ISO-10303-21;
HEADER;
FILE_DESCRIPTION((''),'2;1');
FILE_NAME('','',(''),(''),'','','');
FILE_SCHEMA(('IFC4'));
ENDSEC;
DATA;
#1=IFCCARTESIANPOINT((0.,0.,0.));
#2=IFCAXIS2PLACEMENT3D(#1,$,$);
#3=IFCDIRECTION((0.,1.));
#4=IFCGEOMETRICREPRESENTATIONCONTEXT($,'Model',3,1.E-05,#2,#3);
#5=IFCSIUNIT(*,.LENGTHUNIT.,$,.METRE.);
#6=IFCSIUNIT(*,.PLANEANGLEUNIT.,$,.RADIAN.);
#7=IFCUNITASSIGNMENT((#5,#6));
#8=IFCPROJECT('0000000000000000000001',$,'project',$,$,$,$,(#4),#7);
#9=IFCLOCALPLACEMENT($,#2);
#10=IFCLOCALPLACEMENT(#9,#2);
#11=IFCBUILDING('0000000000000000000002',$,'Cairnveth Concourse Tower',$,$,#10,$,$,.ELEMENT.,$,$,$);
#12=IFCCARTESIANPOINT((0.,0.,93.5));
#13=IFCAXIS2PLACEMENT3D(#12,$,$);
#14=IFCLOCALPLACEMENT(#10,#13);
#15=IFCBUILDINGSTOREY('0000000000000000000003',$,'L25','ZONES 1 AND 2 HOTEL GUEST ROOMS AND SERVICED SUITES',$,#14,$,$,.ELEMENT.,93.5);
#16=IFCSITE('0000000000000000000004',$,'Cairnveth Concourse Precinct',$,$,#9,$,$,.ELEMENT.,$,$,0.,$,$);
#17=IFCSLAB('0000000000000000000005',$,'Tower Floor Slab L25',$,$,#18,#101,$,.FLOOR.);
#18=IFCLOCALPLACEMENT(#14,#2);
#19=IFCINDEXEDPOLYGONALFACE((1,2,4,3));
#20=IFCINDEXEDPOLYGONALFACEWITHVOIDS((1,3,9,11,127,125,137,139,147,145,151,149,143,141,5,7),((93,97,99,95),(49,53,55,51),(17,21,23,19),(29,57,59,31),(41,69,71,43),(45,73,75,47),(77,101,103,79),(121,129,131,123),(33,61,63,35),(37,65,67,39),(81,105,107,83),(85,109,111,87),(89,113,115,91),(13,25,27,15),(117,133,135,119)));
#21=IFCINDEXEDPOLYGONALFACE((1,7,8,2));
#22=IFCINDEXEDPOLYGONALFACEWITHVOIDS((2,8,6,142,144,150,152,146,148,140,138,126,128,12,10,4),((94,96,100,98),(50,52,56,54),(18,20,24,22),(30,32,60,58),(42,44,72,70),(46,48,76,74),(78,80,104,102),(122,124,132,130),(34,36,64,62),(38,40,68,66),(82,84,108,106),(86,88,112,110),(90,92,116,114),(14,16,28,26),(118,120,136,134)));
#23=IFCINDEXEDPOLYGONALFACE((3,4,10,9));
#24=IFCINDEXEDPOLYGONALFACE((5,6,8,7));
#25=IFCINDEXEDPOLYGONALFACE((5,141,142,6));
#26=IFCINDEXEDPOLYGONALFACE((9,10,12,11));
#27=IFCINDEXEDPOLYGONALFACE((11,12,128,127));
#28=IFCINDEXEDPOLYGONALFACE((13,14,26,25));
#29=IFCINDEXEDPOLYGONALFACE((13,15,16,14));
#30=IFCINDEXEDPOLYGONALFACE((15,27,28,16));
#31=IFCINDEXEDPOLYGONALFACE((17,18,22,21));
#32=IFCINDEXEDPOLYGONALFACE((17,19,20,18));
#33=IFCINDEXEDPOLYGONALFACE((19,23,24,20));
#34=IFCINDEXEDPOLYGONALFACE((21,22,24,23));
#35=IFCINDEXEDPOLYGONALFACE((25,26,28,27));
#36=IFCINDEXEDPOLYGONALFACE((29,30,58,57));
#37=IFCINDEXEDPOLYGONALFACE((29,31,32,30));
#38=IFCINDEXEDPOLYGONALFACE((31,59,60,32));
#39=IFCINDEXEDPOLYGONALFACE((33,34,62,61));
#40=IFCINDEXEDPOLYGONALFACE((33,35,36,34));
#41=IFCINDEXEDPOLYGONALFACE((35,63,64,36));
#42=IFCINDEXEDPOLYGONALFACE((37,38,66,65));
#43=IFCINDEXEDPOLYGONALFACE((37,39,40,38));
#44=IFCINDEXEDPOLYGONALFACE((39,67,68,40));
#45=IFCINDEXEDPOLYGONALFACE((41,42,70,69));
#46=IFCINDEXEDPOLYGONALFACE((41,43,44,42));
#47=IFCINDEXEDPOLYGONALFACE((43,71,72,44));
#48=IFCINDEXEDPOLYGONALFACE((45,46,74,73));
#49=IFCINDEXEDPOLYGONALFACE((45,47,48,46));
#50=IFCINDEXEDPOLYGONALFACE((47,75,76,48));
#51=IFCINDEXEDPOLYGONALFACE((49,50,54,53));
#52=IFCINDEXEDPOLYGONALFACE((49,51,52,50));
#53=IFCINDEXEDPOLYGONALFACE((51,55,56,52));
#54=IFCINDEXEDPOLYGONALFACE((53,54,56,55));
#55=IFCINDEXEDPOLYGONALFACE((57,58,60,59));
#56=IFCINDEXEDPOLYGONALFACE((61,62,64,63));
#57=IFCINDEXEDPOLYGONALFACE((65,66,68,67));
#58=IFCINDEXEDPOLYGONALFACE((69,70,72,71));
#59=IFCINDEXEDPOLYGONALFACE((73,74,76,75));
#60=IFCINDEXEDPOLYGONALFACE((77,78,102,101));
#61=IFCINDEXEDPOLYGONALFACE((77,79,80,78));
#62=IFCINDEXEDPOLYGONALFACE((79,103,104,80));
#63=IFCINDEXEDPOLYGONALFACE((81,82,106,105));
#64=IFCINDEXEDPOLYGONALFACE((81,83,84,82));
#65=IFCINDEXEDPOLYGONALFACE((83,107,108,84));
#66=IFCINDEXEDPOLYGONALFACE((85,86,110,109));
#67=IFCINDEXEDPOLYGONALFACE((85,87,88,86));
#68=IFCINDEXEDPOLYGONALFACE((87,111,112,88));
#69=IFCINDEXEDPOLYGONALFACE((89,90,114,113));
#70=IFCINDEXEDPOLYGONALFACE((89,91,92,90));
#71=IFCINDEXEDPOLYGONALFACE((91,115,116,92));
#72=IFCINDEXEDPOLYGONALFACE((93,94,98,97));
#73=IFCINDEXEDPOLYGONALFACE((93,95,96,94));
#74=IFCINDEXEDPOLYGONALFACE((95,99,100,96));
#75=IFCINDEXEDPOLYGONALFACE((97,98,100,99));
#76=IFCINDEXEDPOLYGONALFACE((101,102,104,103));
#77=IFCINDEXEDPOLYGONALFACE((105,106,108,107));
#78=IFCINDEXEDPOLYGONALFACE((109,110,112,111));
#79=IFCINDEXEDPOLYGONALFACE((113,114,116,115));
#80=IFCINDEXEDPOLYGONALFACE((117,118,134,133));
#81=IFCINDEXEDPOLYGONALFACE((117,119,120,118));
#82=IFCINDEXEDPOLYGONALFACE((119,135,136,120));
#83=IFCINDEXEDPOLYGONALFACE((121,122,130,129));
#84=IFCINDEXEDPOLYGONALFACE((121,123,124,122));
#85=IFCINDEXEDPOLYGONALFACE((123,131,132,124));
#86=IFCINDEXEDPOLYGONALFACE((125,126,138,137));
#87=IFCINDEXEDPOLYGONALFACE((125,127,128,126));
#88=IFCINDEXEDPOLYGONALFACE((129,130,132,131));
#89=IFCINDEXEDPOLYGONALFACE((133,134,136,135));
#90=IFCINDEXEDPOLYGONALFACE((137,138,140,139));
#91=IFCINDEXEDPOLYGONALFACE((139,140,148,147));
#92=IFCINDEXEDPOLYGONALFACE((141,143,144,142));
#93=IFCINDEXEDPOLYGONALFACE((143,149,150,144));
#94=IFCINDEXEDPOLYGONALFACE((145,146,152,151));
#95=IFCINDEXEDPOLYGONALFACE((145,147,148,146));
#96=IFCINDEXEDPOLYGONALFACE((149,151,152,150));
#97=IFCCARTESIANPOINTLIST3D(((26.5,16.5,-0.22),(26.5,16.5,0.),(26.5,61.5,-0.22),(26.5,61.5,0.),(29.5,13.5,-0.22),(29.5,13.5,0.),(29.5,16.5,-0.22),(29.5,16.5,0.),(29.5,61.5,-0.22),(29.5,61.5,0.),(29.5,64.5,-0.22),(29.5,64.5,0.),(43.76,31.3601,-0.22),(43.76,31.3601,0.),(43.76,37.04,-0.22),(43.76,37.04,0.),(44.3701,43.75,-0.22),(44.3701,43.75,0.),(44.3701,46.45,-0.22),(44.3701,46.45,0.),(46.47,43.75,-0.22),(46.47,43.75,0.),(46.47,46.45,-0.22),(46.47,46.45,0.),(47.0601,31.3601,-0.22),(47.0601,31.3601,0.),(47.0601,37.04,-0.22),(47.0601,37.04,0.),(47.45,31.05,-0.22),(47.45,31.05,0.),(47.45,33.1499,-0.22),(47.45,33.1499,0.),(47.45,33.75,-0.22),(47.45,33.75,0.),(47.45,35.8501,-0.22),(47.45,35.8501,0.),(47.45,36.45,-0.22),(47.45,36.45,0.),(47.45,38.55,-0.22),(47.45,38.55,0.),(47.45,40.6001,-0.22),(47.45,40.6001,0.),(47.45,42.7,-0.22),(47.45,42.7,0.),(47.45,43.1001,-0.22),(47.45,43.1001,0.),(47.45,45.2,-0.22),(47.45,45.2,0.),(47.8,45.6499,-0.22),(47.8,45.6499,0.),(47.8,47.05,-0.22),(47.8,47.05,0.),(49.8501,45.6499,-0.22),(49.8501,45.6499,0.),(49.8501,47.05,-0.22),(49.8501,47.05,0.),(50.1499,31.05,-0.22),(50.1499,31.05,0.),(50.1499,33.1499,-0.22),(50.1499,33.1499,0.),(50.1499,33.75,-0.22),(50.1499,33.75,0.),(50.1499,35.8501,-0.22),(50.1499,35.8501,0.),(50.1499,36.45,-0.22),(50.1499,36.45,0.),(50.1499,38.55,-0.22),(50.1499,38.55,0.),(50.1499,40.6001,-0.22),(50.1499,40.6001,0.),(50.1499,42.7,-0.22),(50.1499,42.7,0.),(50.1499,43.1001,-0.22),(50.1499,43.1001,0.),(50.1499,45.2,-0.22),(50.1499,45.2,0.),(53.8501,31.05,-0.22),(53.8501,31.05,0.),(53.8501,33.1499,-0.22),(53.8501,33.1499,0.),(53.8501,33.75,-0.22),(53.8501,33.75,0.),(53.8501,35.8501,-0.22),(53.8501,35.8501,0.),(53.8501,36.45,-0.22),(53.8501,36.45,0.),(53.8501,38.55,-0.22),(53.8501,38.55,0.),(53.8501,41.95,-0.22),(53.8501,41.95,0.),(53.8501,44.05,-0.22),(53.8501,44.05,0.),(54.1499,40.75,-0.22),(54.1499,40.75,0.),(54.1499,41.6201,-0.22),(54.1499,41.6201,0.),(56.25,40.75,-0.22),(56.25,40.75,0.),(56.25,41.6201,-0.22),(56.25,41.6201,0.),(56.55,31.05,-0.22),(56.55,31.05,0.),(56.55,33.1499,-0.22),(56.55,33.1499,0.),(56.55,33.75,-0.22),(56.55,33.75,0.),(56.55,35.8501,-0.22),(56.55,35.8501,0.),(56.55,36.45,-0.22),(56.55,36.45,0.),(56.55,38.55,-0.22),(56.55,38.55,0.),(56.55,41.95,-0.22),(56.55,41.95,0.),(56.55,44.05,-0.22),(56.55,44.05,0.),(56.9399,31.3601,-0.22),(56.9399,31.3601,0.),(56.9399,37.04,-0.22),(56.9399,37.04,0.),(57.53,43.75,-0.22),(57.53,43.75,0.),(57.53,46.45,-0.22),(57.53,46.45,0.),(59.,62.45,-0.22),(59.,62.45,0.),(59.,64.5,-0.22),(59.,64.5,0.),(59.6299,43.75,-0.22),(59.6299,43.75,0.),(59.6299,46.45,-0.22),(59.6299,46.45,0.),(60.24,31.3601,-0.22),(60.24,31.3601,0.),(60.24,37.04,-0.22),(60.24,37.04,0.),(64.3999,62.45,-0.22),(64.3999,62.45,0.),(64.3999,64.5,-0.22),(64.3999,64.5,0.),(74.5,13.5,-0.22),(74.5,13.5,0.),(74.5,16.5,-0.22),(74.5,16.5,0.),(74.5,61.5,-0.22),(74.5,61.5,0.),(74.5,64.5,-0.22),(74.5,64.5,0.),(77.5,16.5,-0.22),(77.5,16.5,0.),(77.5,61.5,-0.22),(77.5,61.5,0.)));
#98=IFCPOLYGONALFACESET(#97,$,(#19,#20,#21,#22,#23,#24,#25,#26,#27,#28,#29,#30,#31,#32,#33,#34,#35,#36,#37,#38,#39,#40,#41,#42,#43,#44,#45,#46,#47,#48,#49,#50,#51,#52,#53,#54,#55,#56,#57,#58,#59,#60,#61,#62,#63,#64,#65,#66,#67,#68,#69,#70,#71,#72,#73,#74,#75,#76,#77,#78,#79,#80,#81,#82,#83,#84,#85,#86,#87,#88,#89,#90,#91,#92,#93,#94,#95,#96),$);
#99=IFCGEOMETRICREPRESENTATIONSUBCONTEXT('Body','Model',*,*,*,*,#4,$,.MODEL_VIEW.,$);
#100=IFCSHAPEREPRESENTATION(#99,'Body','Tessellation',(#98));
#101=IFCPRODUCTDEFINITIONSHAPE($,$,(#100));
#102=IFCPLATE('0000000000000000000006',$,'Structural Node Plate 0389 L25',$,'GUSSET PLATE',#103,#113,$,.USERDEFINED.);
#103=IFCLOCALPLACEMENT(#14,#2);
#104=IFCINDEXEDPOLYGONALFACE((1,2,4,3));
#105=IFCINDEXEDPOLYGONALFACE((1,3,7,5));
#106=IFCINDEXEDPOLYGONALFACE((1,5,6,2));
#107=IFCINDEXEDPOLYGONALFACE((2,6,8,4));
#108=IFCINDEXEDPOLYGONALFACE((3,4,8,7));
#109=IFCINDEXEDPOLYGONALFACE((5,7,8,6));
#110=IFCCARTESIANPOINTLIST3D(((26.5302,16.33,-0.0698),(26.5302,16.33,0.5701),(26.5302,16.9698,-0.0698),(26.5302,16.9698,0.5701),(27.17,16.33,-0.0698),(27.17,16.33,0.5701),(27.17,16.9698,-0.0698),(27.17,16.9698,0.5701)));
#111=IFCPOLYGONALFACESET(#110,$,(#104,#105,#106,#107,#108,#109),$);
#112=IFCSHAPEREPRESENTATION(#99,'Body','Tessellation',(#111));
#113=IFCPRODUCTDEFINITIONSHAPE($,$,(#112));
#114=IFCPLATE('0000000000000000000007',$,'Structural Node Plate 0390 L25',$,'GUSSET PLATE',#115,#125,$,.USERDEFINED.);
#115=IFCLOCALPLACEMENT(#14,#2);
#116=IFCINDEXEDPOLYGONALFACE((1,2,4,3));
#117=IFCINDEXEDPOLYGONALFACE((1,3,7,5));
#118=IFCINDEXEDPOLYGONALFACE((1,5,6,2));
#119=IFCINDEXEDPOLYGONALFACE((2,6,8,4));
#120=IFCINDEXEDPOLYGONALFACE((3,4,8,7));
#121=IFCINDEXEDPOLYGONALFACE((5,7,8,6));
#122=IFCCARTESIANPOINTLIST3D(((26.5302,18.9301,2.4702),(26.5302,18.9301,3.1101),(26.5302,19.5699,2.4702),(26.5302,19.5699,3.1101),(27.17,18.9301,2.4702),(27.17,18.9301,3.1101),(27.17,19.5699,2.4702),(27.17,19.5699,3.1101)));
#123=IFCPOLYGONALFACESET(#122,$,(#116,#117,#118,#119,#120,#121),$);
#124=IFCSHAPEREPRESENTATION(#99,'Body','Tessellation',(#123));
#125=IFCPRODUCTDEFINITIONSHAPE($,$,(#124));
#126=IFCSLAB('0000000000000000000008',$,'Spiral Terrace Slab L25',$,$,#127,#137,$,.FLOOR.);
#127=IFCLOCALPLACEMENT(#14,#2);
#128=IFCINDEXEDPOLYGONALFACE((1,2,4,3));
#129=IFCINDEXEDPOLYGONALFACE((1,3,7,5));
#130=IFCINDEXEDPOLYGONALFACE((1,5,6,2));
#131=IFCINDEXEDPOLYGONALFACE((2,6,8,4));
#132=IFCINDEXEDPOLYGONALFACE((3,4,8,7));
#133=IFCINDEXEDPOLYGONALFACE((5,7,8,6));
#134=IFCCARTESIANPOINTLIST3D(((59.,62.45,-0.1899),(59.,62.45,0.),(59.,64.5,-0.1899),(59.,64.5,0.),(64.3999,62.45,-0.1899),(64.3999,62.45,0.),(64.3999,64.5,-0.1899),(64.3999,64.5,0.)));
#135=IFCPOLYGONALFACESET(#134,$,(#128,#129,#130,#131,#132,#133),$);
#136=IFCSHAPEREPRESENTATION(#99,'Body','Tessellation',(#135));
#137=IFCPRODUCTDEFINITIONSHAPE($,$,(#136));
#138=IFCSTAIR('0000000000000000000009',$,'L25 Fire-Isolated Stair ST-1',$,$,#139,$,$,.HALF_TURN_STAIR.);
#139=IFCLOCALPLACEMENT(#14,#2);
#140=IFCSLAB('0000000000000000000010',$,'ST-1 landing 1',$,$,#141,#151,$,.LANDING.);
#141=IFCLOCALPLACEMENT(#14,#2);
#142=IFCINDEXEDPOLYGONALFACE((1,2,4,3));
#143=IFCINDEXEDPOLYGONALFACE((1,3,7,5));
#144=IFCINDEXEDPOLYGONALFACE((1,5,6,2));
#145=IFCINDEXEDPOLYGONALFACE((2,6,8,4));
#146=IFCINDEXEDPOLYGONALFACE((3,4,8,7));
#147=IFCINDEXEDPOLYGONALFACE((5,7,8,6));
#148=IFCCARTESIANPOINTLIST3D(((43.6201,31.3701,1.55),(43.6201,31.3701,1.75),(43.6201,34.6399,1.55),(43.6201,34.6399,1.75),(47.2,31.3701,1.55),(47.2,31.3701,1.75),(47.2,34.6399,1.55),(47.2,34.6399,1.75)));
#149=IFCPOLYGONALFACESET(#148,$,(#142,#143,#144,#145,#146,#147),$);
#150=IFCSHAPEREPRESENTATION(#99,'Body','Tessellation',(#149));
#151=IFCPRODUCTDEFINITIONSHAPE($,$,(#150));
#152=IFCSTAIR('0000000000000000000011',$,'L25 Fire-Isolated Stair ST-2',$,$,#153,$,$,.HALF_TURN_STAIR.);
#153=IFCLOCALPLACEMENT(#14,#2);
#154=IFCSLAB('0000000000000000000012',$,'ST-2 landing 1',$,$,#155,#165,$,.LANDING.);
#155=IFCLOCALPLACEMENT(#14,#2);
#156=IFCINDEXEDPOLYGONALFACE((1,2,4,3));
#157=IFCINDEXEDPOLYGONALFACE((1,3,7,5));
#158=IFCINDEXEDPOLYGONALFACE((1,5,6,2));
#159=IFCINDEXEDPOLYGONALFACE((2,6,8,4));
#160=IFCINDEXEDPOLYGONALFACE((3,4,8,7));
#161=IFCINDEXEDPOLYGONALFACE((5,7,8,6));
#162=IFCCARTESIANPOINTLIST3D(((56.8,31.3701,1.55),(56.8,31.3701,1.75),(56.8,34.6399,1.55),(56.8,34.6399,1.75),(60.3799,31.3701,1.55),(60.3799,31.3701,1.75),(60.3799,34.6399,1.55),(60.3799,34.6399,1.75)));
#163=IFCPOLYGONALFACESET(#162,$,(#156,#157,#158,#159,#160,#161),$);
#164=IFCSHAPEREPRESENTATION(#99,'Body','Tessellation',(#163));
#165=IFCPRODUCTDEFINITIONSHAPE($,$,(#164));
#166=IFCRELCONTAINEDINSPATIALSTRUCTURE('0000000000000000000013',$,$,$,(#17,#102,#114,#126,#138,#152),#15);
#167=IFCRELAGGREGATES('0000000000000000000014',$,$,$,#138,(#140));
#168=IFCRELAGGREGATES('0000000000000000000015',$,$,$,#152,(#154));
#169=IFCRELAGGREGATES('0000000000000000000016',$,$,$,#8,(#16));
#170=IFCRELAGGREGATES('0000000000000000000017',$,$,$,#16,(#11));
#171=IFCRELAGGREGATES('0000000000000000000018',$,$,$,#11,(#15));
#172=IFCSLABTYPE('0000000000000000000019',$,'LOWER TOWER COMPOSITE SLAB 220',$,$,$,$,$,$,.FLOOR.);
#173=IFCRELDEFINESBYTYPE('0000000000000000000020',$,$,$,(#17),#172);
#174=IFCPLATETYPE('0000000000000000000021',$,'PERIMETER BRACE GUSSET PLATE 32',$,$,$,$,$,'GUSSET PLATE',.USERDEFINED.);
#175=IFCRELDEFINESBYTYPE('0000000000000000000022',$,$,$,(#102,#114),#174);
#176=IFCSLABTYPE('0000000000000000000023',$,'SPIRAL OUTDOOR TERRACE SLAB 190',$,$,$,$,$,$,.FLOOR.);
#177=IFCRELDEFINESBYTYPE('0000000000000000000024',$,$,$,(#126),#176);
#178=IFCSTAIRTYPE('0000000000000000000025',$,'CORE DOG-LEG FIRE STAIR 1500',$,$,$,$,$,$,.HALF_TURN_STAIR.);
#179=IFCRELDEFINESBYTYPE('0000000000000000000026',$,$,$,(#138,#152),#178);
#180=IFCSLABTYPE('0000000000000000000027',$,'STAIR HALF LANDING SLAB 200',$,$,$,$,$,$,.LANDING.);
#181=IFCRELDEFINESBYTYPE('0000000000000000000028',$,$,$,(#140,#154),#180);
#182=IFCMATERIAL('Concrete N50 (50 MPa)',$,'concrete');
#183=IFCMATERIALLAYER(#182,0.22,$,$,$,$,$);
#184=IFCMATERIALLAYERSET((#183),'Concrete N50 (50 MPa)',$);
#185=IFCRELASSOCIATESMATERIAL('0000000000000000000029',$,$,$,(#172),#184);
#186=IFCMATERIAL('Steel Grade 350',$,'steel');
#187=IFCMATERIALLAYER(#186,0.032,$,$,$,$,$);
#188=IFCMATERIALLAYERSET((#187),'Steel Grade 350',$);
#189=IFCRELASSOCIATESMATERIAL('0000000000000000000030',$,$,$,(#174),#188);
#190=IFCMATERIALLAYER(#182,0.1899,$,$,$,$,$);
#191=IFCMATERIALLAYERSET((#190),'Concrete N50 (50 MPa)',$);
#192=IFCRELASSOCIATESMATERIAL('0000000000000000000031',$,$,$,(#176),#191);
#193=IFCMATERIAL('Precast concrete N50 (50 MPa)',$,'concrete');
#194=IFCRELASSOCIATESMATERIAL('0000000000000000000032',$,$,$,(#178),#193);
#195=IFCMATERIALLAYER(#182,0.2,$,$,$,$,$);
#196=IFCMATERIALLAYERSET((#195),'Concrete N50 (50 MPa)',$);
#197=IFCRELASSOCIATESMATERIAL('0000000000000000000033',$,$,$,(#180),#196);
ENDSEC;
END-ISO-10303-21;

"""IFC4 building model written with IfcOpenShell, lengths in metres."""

from ifc_helpers import new_model, si_unit, direction, frame, origin, origin_2d, place, context, subcontext, project, spatial, polyline, rectangle, outline, extrude, material, layer, layer_set, type_object, element, aggregate, save


model = new_model("IFC4")

# Units and contexts
model_context = context("Model", 3, precision=1e-05, world=origin(), true_north=direction((0.0, 1.0)))
body_context = subcontext(model_context, "Body", "Model", "MODEL_VIEW")
ifc_project = project(units=[si_unit("LENGTHUNIT", "METRE"), si_unit("PLANEANGLEUNIT", "RADIAN")], contexts=[model_context])

# Site, building, storey
site_placement = place(None, origin())
site = spatial("IfcSite", under=ifc_project, at=site_placement, Name="Cairnveth Concourse Precinct", CompositionType="ELEMENT", RefElevation=0.0)
building_placement = place(site_placement, origin())
building = spatial("IfcBuilding", under=site, at=building_placement, Name="Cairnveth Concourse Tower", CompositionType="ELEMENT")
storey_placement = place(building_placement, frame((0.0, 0.0, 93.5)))
storey = spatial("IfcBuildingStorey", under=building, at=storey_placement, Name="L25", Description="ZONES 1 AND 2 HOTEL GUEST ROOMS AND SERVICED SUITES", CompositionType="ELEMENT", Elevation=93.5)

# Shared definitions
ifc_material_1 = material(Name="Steel Grade 350", Category="steel")

# Slab
ifc_material_2 = material(Name="Concrete N50 (50 MPa)", Category="concrete")
ifc_layer_1 = layer(ifc_material_2, 0.22)
ifc_layer_set_1 = layer_set([ifc_layer_1], Name="Concrete N50 (50 MPa)")
slab_type_1 = type_object("IfcSlabType", Name="LOWER TOWER COMPOSITE SLAB 220", PredefinedType="FLOOR", material=ifc_layer_set_1)
slab_1_placement = place(storey_placement, frame((0.0, 0.0, -0.22)))
element("IfcSlab", 1, at=slab_1_placement, inside=storey, type_object=slab_type_1, Name="Tower Floor Slab L25", PredefinedType="FLOOR", context=body_context, shape_type="SweptSolid", body=[
    extrude(outline(polyline([(64.3999, 64.5), (64.3999, 62.45), (59.0, 62.45), (59.0, 64.5), (29.5, 64.5), (29.5, 61.5), (26.5, 61.5), (26.5, 16.5), (29.5, 16.5), (29.5, 13.5), (74.5, 13.5), (74.5, 16.5), (77.5, 16.5), (77.5, 61.5), (74.5, 61.5), (74.5, 64.5), (64.3999, 64.5)]), holes=[polyline([(43.76, 31.3601), (47.0601, 31.3601), (47.0601, 37.04), (43.76, 37.04), (43.76, 31.3601)]), polyline([(56.9399, 31.3601), (60.24, 31.3601), (60.24, 37.04), (56.9399, 37.04), (56.9399, 31.3601)]), polyline([(44.3701, 43.75), (46.47, 43.75), (46.47, 46.45), (44.3701, 46.45), (44.3701, 43.75)]), polyline([(57.53, 43.75), (59.6299, 43.75), (59.6299, 46.45), (57.53, 46.45), (57.53, 43.75)]), polyline([(47.45, 31.05), (50.1499, 31.05), (50.1499, 33.1499), (47.45, 33.1499), (47.45, 31.05)]), polyline([(47.45, 33.75), (50.1499, 33.75), (50.1499, 35.8501), (47.45, 35.8501), (47.45, 33.75)]), polyline([(47.45, 36.45), (50.1499, 36.45), (50.1499, 38.55), (47.45, 38.55), (47.45, 36.45)]), polyline([(53.8501, 31.05), (56.55, 31.05), (56.55, 33.1499), (53.8501, 33.1499), (53.8501, 31.05)]), polyline([(53.8501, 33.75), (56.55, 33.75), (56.55, 35.8501), (53.8501, 35.8501), (53.8501, 33.75)]), polyline([(53.8501, 36.45), (56.55, 36.45), (56.55, 38.55), (53.8501, 38.55), (53.8501, 36.45)]), polyline([(47.45, 40.6001), (50.1499, 40.6001), (50.1499, 42.7), (47.45, 42.7), (47.45, 40.6001)]), polyline([(47.45, 43.1001), (50.1499, 43.1001), (50.1499, 45.2), (47.45, 45.2), (47.45, 43.1001)]), polyline([(53.8501, 41.95), (56.55, 41.95), (56.55, 44.05), (53.8501, 44.05), (53.8501, 41.95)]), polyline([(47.8, 45.6499), (49.8501, 45.6499), (49.8501, 47.05), (47.8, 47.05), (47.8, 45.6499)]), polyline([(54.1499, 40.75), (56.25, 40.75), (56.25, 41.6201), (54.1499, 41.6201), (54.1499, 40.75)])]), origin(), (0.0, 0.0, 1.0), 0.22),
])

# Plates
ifc_layer_2 = layer(ifc_material_1, 0.032)
ifc_layer_set_2 = layer_set([ifc_layer_2], Name="Steel Grade 350")
plate_type = type_object("IfcPlateType", Name="PERIMETER BRACE GUSSET PLATE 32", ElementType="GUSSET PLATE", PredefinedType="USERDEFINED", material=ifc_layer_set_2)
for number, where, z_axis, x_axis, name in (
    (2, (26.8501, 16.6499, -0.0698), (0.0, 0.0, 1.0), (1.0, 0.0, 0.0), "Structural Node Plate 0389 L25"),
    (3, (26.8501, 19.25, 2.4702), (0.0, 0.0, 1.0), (1.0, 0.0, 0.0), "Structural Node Plate 0390 L25"),
):
    element("IfcPlate", number, at=place(storey_placement, frame(where, z_axis=z_axis, x_axis=x_axis)), inside=storey, type_object=plate_type, Name=name, ObjectType="GUSSET PLATE", PredefinedType="USERDEFINED", context=body_context, shape_type="SweptSolid", body=[
        extrude(rectangle(XDim=0.6399, YDim=0.6399, at=origin_2d()), origin(), (0.0, 0.0, 1.0), 0.6399),
    ])

# Slab
ifc_layer_3 = layer(ifc_material_2, 0.1899)
ifc_layer_set_3 = layer_set([ifc_layer_3], Name="Concrete N50 (50 MPa)")
slab_type_2 = type_object("IfcSlabType", Name="SPIRAL OUTDOOR TERRACE SLAB 190", PredefinedType="FLOOR", material=ifc_layer_set_3)
slab_2_placement = place(storey_placement, frame((0.0, 0.0, -0.1899)))
element("IfcSlab", 4, at=slab_2_placement, inside=storey, type_object=slab_type_2, Name="Spiral Terrace Slab L25", PredefinedType="FLOOR", context=body_context, shape_type="SweptSolid", body=[
    extrude(outline(polyline([(59.0, 62.45), (64.3999, 62.45), (64.3999, 64.5), (59.0, 64.5), (59.0, 62.45)])), origin(), (0.0, 0.0, 1.0), 0.1899),
])

# Stairs, slabs
ifc_material_3 = material(Name="Precast concrete N50 (50 MPa)", Category="concrete")
stair_type = type_object("IfcStairType", Name="CORE DOG-LEG FIRE STAIR 1500", PredefinedType="HALF_TURN_STAIR", material=ifc_material_3)
stair_1_placement = place(storey_placement, origin())
stair_1 = element("IfcStair", 5, at=stair_1_placement, inside=storey, type_object=stair_type, Name="L25 Fire-Isolated Stair ST-1", PredefinedType="HALF_TURN_STAIR")
ifc_layer_4 = layer(ifc_material_2, 0.2)
ifc_layer_set_4 = layer_set([ifc_layer_4], Name="Concrete N50 (50 MPa)")
slab_type_3 = type_object("IfcSlabType", Name="STAIR HALF LANDING SLAB 200", PredefinedType="LANDING", material=ifc_layer_set_4)
slab_3_placement = place(storey_placement, frame((0.0, 0.0, 1.55)))
slab_3 = element("IfcSlab", 6, at=slab_3_placement, type_object=slab_type_3, Name="ST-1 landing 1", PredefinedType="LANDING", context=body_context, shape_type="SweptSolid", body=[
    extrude(outline(polyline([(43.6201, 34.6399), (43.6201, 31.3701), (47.2, 31.3701), (47.2, 34.6399), (43.6201, 34.6399)])), origin(), (0.0, 0.0, 1.0), 0.2),
])
aggregate(stair_1, [slab_3])
stair_2_placement = place(storey_placement, origin())
stair_2 = element("IfcStair", 7, at=stair_2_placement, inside=storey, type_object=stair_type, Name="L25 Fire-Isolated Stair ST-2", PredefinedType="HALF_TURN_STAIR")
slab_4_placement = place(storey_placement, frame((0.0, 0.0, 1.55)))
slab_4 = element("IfcSlab", 8, at=slab_4_placement, type_object=slab_type_3, Name="ST-2 landing 1", PredefinedType="LANDING", context=body_context, shape_type="SweptSolid", body=[
    extrude(outline(polyline([(56.8, 34.6399), (56.8, 31.3701), (60.3799, 31.3701), (60.3799, 34.6399), (56.8, 34.6399)])), origin(), (0.0, 0.0, 1.0), 0.2),
])
aggregate(stair_2, [slab_4])

save(model, "model.ifc")
